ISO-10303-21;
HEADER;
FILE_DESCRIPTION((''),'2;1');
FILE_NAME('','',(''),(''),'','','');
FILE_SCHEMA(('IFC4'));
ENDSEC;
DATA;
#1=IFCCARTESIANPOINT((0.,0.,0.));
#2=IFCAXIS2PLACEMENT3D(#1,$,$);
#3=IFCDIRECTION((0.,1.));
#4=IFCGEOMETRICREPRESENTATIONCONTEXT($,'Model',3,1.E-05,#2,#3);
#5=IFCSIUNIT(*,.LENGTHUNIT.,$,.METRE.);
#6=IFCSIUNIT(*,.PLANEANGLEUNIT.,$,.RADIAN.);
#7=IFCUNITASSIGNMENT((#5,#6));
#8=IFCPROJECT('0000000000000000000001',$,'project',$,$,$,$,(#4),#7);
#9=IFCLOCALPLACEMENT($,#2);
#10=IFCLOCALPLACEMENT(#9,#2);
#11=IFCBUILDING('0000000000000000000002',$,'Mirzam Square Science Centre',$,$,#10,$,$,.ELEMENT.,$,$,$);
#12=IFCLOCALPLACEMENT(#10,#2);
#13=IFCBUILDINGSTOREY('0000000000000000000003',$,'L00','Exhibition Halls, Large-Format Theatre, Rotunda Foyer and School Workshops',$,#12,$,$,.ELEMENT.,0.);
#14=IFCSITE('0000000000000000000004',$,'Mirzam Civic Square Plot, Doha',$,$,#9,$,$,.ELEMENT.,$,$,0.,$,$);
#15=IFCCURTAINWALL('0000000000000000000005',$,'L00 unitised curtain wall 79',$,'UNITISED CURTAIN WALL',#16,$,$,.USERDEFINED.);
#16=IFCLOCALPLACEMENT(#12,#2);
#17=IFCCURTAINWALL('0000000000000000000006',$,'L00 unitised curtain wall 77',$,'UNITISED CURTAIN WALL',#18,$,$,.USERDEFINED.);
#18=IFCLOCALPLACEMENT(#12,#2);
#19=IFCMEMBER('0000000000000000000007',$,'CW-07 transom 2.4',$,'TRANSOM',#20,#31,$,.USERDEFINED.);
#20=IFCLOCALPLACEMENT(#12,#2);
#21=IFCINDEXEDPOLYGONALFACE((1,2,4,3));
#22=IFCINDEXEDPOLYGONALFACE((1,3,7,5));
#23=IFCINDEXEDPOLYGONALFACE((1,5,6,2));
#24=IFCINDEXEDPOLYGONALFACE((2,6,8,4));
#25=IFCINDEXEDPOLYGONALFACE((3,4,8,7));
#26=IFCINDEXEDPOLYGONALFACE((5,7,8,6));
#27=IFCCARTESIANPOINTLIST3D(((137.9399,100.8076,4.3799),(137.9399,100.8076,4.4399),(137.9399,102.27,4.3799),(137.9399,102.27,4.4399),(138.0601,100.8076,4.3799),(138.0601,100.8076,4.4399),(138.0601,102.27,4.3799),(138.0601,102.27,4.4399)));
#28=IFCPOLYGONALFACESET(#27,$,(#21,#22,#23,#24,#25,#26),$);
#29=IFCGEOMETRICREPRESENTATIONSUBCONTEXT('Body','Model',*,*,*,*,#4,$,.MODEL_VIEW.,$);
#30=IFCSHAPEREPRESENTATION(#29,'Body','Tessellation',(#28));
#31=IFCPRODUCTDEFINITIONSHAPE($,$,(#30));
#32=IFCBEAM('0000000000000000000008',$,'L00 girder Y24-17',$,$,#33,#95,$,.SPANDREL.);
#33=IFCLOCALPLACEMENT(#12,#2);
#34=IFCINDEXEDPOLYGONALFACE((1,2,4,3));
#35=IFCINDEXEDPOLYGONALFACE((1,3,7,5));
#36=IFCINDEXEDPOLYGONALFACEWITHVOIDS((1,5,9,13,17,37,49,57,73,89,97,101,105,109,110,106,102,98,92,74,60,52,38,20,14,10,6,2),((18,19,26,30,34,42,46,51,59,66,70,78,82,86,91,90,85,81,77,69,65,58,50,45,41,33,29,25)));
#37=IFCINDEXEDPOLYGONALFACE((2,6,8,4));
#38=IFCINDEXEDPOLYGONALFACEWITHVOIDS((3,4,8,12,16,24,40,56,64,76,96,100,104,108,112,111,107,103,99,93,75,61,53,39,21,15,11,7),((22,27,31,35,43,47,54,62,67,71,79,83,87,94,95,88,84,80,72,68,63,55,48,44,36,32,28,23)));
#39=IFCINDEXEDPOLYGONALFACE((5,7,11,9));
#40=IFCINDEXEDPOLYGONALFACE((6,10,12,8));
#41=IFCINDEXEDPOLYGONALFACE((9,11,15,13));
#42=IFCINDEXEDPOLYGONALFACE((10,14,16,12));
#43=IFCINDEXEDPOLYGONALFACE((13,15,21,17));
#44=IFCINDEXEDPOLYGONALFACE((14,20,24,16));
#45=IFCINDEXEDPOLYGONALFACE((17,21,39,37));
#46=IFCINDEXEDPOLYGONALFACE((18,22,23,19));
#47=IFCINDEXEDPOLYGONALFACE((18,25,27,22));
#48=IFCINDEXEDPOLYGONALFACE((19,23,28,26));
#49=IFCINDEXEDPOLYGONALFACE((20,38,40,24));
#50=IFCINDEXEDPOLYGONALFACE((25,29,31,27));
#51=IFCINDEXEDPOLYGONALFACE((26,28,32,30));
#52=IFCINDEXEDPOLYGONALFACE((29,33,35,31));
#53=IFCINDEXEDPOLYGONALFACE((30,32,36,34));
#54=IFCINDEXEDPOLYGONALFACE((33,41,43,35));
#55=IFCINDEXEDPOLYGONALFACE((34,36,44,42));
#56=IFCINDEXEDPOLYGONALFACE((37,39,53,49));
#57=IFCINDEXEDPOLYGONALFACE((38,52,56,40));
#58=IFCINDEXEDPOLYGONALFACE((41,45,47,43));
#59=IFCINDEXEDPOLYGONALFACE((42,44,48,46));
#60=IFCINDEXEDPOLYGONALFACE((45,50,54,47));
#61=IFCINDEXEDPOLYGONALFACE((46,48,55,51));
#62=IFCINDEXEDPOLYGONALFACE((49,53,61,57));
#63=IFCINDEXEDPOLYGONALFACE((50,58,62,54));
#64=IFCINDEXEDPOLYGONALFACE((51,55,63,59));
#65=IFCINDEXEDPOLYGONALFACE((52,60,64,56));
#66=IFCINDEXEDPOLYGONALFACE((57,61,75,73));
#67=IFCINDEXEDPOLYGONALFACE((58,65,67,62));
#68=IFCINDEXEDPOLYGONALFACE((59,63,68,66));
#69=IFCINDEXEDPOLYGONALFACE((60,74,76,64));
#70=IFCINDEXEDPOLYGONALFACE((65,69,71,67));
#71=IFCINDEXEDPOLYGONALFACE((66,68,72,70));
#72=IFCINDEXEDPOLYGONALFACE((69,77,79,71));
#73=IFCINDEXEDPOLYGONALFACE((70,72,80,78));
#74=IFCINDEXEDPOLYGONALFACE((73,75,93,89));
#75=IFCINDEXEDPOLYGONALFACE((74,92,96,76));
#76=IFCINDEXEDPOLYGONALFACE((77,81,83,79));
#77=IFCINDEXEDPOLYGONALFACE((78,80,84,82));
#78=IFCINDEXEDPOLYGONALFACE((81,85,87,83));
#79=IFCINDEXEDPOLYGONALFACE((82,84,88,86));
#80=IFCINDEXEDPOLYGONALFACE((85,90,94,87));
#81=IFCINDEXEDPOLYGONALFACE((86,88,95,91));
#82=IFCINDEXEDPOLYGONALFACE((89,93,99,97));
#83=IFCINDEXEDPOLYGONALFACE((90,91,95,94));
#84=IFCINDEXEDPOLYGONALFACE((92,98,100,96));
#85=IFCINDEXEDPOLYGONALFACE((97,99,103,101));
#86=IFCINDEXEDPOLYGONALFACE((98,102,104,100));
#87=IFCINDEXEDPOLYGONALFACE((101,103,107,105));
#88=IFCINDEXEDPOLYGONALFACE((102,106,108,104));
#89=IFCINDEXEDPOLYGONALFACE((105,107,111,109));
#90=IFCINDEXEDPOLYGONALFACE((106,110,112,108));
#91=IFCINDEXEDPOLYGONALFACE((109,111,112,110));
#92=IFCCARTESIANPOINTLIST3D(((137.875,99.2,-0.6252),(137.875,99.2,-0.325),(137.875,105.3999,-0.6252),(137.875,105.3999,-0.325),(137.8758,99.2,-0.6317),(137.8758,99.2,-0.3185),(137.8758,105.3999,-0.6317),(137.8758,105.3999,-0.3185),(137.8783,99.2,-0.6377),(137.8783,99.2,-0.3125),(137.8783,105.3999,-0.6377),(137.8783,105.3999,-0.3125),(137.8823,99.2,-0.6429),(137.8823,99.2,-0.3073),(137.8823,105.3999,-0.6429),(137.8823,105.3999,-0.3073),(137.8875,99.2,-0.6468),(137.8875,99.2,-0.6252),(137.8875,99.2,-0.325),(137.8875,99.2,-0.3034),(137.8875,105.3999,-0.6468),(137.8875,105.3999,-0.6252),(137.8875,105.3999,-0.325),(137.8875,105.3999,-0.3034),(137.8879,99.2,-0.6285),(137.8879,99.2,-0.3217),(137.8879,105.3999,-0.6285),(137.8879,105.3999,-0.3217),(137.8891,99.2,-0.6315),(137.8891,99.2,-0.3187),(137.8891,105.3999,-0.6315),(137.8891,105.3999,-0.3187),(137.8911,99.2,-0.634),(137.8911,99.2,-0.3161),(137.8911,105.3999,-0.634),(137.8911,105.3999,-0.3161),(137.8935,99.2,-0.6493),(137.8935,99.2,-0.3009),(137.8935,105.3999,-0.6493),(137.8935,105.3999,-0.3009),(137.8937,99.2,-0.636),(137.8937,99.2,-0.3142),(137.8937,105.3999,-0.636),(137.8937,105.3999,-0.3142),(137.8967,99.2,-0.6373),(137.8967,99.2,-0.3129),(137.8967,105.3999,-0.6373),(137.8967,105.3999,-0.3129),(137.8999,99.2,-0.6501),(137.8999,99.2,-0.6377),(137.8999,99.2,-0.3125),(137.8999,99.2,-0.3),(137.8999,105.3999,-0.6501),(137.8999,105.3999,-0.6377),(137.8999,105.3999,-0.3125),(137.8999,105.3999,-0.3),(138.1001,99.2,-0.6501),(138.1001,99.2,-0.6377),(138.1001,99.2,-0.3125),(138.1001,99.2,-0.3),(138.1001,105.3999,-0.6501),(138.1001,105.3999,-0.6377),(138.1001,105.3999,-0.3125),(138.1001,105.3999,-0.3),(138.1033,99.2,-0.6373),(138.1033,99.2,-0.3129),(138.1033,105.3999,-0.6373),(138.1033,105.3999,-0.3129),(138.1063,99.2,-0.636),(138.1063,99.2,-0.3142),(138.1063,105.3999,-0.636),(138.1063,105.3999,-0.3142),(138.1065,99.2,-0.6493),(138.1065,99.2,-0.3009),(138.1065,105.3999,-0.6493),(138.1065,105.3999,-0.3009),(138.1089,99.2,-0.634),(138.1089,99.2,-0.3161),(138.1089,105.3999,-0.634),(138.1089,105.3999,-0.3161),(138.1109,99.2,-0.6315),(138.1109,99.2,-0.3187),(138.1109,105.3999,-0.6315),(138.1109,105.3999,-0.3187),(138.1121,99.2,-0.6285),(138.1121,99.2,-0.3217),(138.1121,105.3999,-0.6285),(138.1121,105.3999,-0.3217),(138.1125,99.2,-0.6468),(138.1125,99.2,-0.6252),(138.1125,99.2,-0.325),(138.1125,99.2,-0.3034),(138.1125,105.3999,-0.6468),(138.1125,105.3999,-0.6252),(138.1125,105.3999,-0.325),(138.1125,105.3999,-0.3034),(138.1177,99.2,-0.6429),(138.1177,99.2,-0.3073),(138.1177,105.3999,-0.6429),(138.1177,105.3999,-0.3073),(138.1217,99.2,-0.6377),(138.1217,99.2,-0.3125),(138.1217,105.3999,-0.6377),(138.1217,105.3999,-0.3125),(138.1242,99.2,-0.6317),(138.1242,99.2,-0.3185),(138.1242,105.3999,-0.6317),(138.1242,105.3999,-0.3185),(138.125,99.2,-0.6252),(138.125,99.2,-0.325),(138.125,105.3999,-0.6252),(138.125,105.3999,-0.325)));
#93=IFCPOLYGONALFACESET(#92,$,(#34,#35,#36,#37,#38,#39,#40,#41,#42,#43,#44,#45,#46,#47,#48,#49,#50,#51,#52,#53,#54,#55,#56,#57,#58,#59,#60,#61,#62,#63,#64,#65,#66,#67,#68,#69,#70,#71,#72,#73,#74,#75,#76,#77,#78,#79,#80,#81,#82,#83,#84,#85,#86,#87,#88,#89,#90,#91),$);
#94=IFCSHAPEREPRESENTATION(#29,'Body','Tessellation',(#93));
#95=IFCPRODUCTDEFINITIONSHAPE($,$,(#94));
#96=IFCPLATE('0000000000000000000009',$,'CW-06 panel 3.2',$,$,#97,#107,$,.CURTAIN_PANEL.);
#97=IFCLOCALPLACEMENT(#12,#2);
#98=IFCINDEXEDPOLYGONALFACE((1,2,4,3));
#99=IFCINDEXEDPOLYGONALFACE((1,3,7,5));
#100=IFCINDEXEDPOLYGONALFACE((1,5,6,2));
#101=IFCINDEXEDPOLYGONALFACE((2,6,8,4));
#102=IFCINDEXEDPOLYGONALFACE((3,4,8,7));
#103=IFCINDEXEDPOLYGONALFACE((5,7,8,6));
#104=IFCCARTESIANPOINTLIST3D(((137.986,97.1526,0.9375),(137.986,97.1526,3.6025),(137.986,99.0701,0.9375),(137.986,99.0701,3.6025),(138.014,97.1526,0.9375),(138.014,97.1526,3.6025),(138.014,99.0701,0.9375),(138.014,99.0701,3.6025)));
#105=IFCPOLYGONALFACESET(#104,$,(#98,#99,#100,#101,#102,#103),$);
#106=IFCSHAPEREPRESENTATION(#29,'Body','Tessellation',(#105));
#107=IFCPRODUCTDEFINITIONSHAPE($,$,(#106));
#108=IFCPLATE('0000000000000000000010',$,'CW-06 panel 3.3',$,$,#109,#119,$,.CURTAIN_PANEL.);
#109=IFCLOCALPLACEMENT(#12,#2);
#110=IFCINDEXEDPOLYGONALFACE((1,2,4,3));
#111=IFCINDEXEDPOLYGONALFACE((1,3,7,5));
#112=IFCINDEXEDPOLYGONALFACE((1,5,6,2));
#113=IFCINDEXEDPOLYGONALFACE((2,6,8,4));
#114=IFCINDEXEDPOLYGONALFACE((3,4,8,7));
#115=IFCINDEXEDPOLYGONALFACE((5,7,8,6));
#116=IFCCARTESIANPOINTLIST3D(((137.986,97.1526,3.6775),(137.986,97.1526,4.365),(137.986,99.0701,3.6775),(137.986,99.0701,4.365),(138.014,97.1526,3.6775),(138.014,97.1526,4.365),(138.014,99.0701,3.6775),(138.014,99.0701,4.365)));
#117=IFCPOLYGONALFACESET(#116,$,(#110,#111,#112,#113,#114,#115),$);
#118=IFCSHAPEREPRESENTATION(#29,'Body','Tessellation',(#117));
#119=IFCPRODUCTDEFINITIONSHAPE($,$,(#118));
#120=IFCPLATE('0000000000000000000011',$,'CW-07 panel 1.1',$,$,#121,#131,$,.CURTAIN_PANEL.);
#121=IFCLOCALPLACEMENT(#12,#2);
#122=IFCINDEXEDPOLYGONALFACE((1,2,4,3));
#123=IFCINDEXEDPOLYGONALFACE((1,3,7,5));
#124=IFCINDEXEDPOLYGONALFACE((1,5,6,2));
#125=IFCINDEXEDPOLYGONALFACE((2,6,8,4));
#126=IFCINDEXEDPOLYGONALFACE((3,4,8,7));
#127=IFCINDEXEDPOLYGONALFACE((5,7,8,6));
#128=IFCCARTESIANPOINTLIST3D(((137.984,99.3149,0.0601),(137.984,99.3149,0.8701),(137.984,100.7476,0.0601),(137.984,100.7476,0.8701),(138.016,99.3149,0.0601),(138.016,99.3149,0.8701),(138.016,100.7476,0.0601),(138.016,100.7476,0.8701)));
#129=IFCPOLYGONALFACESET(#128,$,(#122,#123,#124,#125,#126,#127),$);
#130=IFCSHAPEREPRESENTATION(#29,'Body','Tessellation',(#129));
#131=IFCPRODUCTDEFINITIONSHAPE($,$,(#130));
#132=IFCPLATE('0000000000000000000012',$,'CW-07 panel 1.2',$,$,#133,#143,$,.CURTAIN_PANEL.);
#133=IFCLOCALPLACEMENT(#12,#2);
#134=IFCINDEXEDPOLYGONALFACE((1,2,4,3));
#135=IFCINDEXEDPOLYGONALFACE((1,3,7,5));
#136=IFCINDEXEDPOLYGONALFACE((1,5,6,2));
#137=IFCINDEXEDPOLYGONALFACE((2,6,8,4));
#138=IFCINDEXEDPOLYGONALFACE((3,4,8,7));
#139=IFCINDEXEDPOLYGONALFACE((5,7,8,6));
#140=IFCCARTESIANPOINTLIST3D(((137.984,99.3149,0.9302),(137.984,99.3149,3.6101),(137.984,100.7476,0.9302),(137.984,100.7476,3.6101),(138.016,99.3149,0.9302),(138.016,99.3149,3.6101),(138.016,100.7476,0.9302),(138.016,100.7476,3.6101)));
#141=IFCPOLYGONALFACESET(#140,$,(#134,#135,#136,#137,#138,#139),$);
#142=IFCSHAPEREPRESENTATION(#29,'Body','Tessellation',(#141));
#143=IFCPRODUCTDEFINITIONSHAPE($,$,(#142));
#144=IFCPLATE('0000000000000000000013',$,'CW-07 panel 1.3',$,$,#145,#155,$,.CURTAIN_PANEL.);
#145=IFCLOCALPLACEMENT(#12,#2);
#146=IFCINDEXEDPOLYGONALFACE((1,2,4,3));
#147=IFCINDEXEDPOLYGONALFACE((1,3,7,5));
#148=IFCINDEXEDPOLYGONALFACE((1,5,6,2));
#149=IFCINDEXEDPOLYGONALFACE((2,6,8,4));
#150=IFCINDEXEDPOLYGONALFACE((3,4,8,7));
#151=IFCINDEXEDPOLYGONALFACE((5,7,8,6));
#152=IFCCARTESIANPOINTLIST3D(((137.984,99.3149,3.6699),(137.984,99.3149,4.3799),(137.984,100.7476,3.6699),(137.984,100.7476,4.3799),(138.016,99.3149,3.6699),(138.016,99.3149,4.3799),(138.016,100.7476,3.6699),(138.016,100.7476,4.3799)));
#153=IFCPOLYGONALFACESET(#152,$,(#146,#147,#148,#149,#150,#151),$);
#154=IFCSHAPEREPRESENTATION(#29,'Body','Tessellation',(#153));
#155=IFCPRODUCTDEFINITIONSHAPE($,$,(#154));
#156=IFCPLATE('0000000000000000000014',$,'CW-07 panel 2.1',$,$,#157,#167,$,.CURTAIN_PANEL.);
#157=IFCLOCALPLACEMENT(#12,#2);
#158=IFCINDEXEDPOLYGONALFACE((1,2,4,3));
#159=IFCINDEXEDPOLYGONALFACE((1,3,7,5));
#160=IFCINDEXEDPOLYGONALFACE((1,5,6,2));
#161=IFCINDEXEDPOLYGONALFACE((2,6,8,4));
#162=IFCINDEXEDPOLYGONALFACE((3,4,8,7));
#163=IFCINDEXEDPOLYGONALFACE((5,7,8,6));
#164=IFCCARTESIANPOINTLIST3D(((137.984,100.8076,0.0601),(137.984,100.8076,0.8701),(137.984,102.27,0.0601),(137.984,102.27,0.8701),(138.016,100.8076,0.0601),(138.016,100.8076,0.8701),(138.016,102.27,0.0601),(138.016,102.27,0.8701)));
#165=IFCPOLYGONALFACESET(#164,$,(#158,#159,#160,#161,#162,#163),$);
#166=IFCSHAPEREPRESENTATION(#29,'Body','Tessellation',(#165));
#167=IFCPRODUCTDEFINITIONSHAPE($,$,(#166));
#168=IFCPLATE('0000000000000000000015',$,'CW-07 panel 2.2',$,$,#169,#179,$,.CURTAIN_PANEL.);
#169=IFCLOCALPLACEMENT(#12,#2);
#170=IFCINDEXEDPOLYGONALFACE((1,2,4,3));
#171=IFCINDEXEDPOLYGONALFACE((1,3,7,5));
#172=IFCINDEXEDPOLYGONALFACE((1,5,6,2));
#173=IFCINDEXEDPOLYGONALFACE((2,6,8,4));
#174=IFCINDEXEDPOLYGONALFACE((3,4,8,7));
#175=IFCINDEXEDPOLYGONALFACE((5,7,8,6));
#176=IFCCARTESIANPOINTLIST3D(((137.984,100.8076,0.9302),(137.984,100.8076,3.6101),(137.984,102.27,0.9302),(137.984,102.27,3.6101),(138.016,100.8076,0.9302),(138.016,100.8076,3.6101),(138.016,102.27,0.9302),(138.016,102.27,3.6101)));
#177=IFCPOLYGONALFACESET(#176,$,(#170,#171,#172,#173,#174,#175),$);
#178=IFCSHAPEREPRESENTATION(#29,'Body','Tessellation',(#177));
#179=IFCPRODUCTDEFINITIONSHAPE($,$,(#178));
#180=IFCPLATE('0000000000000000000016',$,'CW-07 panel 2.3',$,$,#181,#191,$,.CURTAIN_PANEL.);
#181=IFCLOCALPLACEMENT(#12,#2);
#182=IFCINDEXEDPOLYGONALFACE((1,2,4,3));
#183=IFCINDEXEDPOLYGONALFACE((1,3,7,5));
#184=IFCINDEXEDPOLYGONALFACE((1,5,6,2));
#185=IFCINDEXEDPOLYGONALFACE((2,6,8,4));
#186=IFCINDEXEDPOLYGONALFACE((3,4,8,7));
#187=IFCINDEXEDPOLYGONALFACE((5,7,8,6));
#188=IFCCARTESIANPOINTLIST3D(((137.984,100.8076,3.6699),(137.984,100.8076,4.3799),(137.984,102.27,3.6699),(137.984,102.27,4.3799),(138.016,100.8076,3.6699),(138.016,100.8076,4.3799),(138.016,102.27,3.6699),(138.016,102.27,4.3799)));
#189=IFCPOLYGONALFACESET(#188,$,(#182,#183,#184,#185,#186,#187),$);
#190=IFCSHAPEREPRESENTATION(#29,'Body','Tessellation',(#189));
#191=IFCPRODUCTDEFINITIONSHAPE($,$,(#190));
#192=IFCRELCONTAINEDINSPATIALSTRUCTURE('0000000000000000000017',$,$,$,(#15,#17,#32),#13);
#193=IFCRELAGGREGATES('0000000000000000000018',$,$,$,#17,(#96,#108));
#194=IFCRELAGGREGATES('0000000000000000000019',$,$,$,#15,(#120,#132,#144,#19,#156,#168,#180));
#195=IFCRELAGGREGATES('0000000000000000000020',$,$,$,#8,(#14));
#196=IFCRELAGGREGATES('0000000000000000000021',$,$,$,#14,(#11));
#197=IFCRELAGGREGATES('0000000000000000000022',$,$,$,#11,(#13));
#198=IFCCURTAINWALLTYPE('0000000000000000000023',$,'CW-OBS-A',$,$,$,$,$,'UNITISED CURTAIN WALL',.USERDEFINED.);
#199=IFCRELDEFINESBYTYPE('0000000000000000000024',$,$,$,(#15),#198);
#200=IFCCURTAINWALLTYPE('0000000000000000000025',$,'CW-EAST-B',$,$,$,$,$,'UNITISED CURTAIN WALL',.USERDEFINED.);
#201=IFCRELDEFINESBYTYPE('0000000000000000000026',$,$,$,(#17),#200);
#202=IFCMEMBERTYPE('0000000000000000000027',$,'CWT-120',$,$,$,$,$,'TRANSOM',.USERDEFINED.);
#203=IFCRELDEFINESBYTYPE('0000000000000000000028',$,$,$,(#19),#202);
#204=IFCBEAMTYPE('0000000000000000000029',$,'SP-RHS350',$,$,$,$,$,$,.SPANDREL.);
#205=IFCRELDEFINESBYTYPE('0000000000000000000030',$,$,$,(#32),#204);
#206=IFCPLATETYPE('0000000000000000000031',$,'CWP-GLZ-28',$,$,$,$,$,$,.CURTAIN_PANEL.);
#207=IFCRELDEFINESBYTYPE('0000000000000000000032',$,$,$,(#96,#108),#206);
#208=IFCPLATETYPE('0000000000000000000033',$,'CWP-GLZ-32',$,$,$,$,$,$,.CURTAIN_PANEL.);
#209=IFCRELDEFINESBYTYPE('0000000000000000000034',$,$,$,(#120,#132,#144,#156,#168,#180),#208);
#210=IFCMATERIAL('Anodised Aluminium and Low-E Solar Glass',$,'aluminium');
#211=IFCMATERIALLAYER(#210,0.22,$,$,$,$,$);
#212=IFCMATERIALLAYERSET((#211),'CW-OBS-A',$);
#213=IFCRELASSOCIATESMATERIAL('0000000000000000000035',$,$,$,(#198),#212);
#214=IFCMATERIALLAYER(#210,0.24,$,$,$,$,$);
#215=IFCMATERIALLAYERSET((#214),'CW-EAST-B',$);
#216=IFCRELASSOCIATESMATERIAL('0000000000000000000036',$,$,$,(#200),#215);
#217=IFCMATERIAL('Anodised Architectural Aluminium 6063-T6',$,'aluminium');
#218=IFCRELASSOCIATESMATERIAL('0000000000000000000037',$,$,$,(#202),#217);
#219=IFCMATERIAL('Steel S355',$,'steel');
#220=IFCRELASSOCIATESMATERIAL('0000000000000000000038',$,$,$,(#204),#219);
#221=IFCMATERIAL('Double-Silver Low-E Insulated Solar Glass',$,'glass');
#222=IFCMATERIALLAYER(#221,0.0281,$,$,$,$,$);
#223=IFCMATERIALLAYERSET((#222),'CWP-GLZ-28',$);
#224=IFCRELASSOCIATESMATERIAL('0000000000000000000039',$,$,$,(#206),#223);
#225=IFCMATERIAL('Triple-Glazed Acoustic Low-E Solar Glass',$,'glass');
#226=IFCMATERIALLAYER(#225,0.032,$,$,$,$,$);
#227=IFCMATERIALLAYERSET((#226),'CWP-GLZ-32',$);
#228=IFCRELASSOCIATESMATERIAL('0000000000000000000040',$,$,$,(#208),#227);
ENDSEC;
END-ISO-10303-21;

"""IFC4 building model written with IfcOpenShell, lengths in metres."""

from ifc_helpers import new_model, si_unit, direction, frame, origin, origin_2d, place, context, subcontext, project, spatial, rectangle, hollow_rectangle, extrude, material, layer, layer_set, material_profile, profile_set, type_object, element, aggregate, save


model = new_model("IFC4")

# Units and contexts
model_context = context("Model", 3, precision=1e-05, world=origin(), true_north=direction((0.0, 1.0)))
body_context = subcontext(model_context, "Body", "Model", "MODEL_VIEW")
ifc_project = project(units=[si_unit("LENGTHUNIT", "METRE"), si_unit("PLANEANGLEUNIT", "RADIAN")], contexts=[model_context])

# Site, building, storey
site_placement = place(None, origin())
site = spatial("IfcSite", under=ifc_project, at=site_placement, Name="Mirzam Civic Square Plot, Doha", CompositionType="ELEMENT", RefElevation=0.0)
building_placement = place(site_placement, origin())
building = spatial("IfcBuilding", under=site, at=building_placement, Name="Mirzam Square Science Centre", CompositionType="ELEMENT")
storey_placement = place(building_placement, origin())
storey = spatial("IfcBuildingStorey", under=building, at=storey_placement, Name="L00", Description="Exhibition Halls, Large-Format Theatre, Rotunda Foyer and School Workshops", CompositionType="ELEMENT", Elevation=0.0)

# Shared definitions
ifc_material_1 = material(Name="Steel S355", Category="steel")

# Curtain wall
ifc_material_2 = material(Name="Anodised Aluminium and Low-E Solar Glass", Category="aluminium")
ifc_layer_1 = layer(ifc_material_2, 0.22)
ifc_layer_set_1 = layer_set([ifc_layer_1], Name="CW-OBS-A")
curtain_wall_type_1 = type_object("IfcCurtainWallType", Name="CW-OBS-A", ElementType="UNITISED CURTAIN WALL", PredefinedType="USERDEFINED", material=ifc_layer_set_1)
curtain_wall_1_placement = place(storey_placement, origin())
curtain_wall_1 = element("IfcCurtainWall", 1, at=curtain_wall_1_placement, inside=storey, type_object=curtain_wall_type_1, Name="L00 unitised curtain wall 79", ObjectType="UNITISED CURTAIN WALL", PredefinedType="USERDEFINED")
ifc_material_3 = material(Name="Anodised Architectural Aluminium 6063-T6", Category="aluminium")

# Curtain wall
ifc_layer_2 = layer(ifc_material_2, 0.24)
ifc_layer_set_2 = layer_set([ifc_layer_2], Name="CW-EAST-B")
curtain_wall_type_2 = type_object("IfcCurtainWallType", Name="CW-EAST-B", ElementType="UNITISED CURTAIN WALL", PredefinedType="USERDEFINED", material=ifc_layer_set_2)
curtain_wall_2_placement = place(storey_placement, origin())
curtain_wall_2 = element("IfcCurtainWall", 2, at=curtain_wall_2_placement, inside=storey, type_object=curtain_wall_type_2, Name="L00 unitised curtain wall 77", ObjectType="UNITISED CURTAIN WALL", PredefinedType="USERDEFINED")

# Member
ifc_material_profile_1 = material_profile(ifc_material_3, rectangle(XDim=0.1201, YDim=0.0601, at=origin_2d()), Name="ALU-TRAN-120x60x4")
ifc_profile_set_1 = profile_set([ifc_material_profile_1], Name="Anodised Architectural Aluminium 6063-T6")
member_type_1 = type_object("IfcMemberType", Name="CWT-120", ElementType="TRANSOM", PredefinedType="USERDEFINED", material=ifc_profile_set_1)
member_1_placement = place(storey_placement, frame((138.0, 100.8076, 4.4099), z_axis=(0.0, 1.0, 0.0), x_axis=(-1.0, 0.0, 0.0)))
member_1 = element("IfcMember", 3, at=member_1_placement, type_object=member_type_1, Name="CW-07 transom 2.4", ObjectType="TRANSOM", PredefinedType="USERDEFINED", context=body_context, shape_type="SweptSolid", body=[
    extrude(rectangle(XDim=0.1201, YDim=0.0601, at=origin_2d()), origin(), (0.0, 0.0, 1.0), 1.4624),
])

# Beam
ifc_material_profile_2 = material_profile(ifc_material_1, hollow_rectangle(XDim=0.25, YDim=0.3501, WallThickness=0.0125, InnerFilletRadius=0.0125, OuterFilletRadius=0.0249, at=origin_2d()), Name="350x250x12.5RHS")
ifc_profile_set_2 = profile_set([ifc_material_profile_2], Name="Steel S355")
beam_type = type_object("IfcBeamType", Name="SP-RHS350", PredefinedType="SPANDREL", material=ifc_profile_set_2)
beam_placement = place(storey_placement, frame((138.0, 99.2, -0.4751), z_axis=(0.0, 1.0, 0.0), x_axis=(-1.0, 0.0, 0.0)))
element("IfcBeam", 4, at=beam_placement, inside=storey, type_object=beam_type, Name="L00 girder Y24-17", PredefinedType="SPANDREL", context=body_context, shape_type="SweptSolid", body=[
    extrude(hollow_rectangle(XDim=0.25, YDim=0.3501, WallThickness=0.0125, InnerFilletRadius=0.0125, OuterFilletRadius=0.0249, at=origin_2d()), origin(), (0.0, 0.0, 1.0), 6.2),
])

# Plates
ifc_material_4 = material(Name="Double-Silver Low-E Insulated Solar Glass", Category="glass")
ifc_layer_3 = layer(ifc_material_4, 0.0281)
ifc_layer_set_3 = layer_set([ifc_layer_3], Name="CWP-GLZ-28")
plate_type_1 = type_object("IfcPlateType", Name="CWP-GLZ-28", PredefinedType="CURTAIN_PANEL", material=ifc_layer_set_3)
plate_1_placement = place(storey_placement, frame((138.0, 98.1113, 0.9375), z_axis=(0.0, 0.0, 1.0), x_axis=(0.0, 1.0, 0.0)))
plate_1 = element("IfcPlate", 5, at=plate_1_placement, type_object=plate_type_1, Name="CW-06 panel 3.2", PredefinedType="CURTAIN_PANEL", context=body_context, shape_type="SweptSolid", body=[
    extrude(rectangle(XDim=1.9175, YDim=0.0281, at=origin_2d()), origin(), (0.0, 0.0, 1.0), 2.665),
])
plate_2_placement = place(storey_placement, frame((138.0, 98.1113, 3.6775), z_axis=(0.0, 0.0, 1.0), x_axis=(0.0, 1.0, 0.0)))
plate_2 = element("IfcPlate", 6, at=plate_2_placement, type_object=plate_type_1, Name="CW-06 panel 3.3", PredefinedType="CURTAIN_PANEL", context=body_context, shape_type="SweptSolid", body=[
    extrude(rectangle(XDim=1.9175, YDim=0.0281, at=origin_2d()), origin(), (0.0, 0.0, 1.0), 0.6875),
])
aggregate(curtain_wall_2, [plate_1, plate_2])
ifc_material_5 = material(Name="Triple-Glazed Acoustic Low-E Solar Glass", Category="glass")
ifc_layer_4 = layer(ifc_material_5, 0.032)
ifc_layer_set_4 = layer_set([ifc_layer_4], Name="CWP-GLZ-32")
plate_type_2 = type_object("IfcPlateType", Name="CWP-GLZ-32", PredefinedType="CURTAIN_PANEL", material=ifc_layer_set_4)
plate_3_placement = place(storey_placement, frame((138.0, 100.0312, 0.0601), z_axis=(0.0, 0.0, 1.0), x_axis=(0.0, 1.0, 0.0)))
plate_3 = element("IfcPlate", 7, at=plate_3_placement, type_object=plate_type_2, Name="CW-07 panel 1.1", PredefinedType="CURTAIN_PANEL", context=body_context, shape_type="SweptSolid", body=[
    extrude(rectangle(XDim=1.4326, YDim=0.032, at=origin_2d()), origin(), (0.0, 0.0, 1.0), 0.8101),
])
plate_4_placement = place(storey_placement, frame((138.0, 100.0312, 0.9302), z_axis=(0.0, 0.0, 1.0), x_axis=(0.0, 1.0, 0.0)))
plate_4 = element("IfcPlate", 8, at=plate_4_placement, type_object=plate_type_2, Name="CW-07 panel 1.2", PredefinedType="CURTAIN_PANEL", context=body_context, shape_type="SweptSolid", body=[
    extrude(rectangle(XDim=1.4326, YDim=0.032, at=origin_2d()), origin(), (0.0, 0.0, 1.0), 2.6799),
])
plate_5_placement = place(storey_placement, frame((138.0, 100.0312, 3.6699), z_axis=(0.0, 0.0, 1.0), x_axis=(0.0, 1.0, 0.0)))
plate_5 = element("IfcPlate", 9, at=plate_5_placement, type_object=plate_type_2, Name="CW-07 panel 1.3", PredefinedType="CURTAIN_PANEL", context=body_context, shape_type="SweptSolid", body=[
    extrude(rectangle(XDim=1.4326, YDim=0.032, at=origin_2d()), origin(), (0.0, 0.0, 1.0), 0.71),
])
plate_6_placement = place(storey_placement, frame((138.0, 101.5388, 0.0601), z_axis=(0.0, 0.0, 1.0), x_axis=(0.0, 1.0, 0.0)))
plate_6 = element("IfcPlate", 10, at=plate_6_placement, type_object=plate_type_2, Name="CW-07 panel 2.1", PredefinedType="CURTAIN_PANEL", context=body_context, shape_type="SweptSolid", body=[
    extrude(rectangle(XDim=1.4624, YDim=0.032, at=origin_2d()), origin(), (0.0, 0.0, 1.0), 0.8101),
])
plate_7_placement = place(storey_placement, frame((138.0, 101.5388, 0.9302), z_axis=(0.0, 0.0, 1.0), x_axis=(0.0, 1.0, 0.0)))
plate_7 = element("IfcPlate", 11, at=plate_7_placement, type_object=plate_type_2, Name="CW-07 panel 2.2", PredefinedType="CURTAIN_PANEL", context=body_context, shape_type="SweptSolid", body=[
    extrude(rectangle(XDim=1.4624, YDim=0.032, at=origin_2d()), origin(), (0.0, 0.0, 1.0), 2.6799),
])
plate_8_placement = place(storey_placement, frame((138.0, 101.5388, 3.6699), z_axis=(0.0, 0.0, 1.0), x_axis=(0.0, 1.0, 0.0)))
plate_8 = element("IfcPlate", 12, at=plate_8_placement, type_object=plate_type_2, Name="CW-07 panel 2.3", PredefinedType="CURTAIN_PANEL", context=body_context, shape_type="SweptSolid", body=[
    extrude(rectangle(XDim=1.4624, YDim=0.032, at=origin_2d()), origin(), (0.0, 0.0, 1.0), 0.71),
])
aggregate(curtain_wall_1, [plate_3, plate_4, plate_5, member_1, plate_6, plate_7, plate_8])

save(model, "model.ifc")
